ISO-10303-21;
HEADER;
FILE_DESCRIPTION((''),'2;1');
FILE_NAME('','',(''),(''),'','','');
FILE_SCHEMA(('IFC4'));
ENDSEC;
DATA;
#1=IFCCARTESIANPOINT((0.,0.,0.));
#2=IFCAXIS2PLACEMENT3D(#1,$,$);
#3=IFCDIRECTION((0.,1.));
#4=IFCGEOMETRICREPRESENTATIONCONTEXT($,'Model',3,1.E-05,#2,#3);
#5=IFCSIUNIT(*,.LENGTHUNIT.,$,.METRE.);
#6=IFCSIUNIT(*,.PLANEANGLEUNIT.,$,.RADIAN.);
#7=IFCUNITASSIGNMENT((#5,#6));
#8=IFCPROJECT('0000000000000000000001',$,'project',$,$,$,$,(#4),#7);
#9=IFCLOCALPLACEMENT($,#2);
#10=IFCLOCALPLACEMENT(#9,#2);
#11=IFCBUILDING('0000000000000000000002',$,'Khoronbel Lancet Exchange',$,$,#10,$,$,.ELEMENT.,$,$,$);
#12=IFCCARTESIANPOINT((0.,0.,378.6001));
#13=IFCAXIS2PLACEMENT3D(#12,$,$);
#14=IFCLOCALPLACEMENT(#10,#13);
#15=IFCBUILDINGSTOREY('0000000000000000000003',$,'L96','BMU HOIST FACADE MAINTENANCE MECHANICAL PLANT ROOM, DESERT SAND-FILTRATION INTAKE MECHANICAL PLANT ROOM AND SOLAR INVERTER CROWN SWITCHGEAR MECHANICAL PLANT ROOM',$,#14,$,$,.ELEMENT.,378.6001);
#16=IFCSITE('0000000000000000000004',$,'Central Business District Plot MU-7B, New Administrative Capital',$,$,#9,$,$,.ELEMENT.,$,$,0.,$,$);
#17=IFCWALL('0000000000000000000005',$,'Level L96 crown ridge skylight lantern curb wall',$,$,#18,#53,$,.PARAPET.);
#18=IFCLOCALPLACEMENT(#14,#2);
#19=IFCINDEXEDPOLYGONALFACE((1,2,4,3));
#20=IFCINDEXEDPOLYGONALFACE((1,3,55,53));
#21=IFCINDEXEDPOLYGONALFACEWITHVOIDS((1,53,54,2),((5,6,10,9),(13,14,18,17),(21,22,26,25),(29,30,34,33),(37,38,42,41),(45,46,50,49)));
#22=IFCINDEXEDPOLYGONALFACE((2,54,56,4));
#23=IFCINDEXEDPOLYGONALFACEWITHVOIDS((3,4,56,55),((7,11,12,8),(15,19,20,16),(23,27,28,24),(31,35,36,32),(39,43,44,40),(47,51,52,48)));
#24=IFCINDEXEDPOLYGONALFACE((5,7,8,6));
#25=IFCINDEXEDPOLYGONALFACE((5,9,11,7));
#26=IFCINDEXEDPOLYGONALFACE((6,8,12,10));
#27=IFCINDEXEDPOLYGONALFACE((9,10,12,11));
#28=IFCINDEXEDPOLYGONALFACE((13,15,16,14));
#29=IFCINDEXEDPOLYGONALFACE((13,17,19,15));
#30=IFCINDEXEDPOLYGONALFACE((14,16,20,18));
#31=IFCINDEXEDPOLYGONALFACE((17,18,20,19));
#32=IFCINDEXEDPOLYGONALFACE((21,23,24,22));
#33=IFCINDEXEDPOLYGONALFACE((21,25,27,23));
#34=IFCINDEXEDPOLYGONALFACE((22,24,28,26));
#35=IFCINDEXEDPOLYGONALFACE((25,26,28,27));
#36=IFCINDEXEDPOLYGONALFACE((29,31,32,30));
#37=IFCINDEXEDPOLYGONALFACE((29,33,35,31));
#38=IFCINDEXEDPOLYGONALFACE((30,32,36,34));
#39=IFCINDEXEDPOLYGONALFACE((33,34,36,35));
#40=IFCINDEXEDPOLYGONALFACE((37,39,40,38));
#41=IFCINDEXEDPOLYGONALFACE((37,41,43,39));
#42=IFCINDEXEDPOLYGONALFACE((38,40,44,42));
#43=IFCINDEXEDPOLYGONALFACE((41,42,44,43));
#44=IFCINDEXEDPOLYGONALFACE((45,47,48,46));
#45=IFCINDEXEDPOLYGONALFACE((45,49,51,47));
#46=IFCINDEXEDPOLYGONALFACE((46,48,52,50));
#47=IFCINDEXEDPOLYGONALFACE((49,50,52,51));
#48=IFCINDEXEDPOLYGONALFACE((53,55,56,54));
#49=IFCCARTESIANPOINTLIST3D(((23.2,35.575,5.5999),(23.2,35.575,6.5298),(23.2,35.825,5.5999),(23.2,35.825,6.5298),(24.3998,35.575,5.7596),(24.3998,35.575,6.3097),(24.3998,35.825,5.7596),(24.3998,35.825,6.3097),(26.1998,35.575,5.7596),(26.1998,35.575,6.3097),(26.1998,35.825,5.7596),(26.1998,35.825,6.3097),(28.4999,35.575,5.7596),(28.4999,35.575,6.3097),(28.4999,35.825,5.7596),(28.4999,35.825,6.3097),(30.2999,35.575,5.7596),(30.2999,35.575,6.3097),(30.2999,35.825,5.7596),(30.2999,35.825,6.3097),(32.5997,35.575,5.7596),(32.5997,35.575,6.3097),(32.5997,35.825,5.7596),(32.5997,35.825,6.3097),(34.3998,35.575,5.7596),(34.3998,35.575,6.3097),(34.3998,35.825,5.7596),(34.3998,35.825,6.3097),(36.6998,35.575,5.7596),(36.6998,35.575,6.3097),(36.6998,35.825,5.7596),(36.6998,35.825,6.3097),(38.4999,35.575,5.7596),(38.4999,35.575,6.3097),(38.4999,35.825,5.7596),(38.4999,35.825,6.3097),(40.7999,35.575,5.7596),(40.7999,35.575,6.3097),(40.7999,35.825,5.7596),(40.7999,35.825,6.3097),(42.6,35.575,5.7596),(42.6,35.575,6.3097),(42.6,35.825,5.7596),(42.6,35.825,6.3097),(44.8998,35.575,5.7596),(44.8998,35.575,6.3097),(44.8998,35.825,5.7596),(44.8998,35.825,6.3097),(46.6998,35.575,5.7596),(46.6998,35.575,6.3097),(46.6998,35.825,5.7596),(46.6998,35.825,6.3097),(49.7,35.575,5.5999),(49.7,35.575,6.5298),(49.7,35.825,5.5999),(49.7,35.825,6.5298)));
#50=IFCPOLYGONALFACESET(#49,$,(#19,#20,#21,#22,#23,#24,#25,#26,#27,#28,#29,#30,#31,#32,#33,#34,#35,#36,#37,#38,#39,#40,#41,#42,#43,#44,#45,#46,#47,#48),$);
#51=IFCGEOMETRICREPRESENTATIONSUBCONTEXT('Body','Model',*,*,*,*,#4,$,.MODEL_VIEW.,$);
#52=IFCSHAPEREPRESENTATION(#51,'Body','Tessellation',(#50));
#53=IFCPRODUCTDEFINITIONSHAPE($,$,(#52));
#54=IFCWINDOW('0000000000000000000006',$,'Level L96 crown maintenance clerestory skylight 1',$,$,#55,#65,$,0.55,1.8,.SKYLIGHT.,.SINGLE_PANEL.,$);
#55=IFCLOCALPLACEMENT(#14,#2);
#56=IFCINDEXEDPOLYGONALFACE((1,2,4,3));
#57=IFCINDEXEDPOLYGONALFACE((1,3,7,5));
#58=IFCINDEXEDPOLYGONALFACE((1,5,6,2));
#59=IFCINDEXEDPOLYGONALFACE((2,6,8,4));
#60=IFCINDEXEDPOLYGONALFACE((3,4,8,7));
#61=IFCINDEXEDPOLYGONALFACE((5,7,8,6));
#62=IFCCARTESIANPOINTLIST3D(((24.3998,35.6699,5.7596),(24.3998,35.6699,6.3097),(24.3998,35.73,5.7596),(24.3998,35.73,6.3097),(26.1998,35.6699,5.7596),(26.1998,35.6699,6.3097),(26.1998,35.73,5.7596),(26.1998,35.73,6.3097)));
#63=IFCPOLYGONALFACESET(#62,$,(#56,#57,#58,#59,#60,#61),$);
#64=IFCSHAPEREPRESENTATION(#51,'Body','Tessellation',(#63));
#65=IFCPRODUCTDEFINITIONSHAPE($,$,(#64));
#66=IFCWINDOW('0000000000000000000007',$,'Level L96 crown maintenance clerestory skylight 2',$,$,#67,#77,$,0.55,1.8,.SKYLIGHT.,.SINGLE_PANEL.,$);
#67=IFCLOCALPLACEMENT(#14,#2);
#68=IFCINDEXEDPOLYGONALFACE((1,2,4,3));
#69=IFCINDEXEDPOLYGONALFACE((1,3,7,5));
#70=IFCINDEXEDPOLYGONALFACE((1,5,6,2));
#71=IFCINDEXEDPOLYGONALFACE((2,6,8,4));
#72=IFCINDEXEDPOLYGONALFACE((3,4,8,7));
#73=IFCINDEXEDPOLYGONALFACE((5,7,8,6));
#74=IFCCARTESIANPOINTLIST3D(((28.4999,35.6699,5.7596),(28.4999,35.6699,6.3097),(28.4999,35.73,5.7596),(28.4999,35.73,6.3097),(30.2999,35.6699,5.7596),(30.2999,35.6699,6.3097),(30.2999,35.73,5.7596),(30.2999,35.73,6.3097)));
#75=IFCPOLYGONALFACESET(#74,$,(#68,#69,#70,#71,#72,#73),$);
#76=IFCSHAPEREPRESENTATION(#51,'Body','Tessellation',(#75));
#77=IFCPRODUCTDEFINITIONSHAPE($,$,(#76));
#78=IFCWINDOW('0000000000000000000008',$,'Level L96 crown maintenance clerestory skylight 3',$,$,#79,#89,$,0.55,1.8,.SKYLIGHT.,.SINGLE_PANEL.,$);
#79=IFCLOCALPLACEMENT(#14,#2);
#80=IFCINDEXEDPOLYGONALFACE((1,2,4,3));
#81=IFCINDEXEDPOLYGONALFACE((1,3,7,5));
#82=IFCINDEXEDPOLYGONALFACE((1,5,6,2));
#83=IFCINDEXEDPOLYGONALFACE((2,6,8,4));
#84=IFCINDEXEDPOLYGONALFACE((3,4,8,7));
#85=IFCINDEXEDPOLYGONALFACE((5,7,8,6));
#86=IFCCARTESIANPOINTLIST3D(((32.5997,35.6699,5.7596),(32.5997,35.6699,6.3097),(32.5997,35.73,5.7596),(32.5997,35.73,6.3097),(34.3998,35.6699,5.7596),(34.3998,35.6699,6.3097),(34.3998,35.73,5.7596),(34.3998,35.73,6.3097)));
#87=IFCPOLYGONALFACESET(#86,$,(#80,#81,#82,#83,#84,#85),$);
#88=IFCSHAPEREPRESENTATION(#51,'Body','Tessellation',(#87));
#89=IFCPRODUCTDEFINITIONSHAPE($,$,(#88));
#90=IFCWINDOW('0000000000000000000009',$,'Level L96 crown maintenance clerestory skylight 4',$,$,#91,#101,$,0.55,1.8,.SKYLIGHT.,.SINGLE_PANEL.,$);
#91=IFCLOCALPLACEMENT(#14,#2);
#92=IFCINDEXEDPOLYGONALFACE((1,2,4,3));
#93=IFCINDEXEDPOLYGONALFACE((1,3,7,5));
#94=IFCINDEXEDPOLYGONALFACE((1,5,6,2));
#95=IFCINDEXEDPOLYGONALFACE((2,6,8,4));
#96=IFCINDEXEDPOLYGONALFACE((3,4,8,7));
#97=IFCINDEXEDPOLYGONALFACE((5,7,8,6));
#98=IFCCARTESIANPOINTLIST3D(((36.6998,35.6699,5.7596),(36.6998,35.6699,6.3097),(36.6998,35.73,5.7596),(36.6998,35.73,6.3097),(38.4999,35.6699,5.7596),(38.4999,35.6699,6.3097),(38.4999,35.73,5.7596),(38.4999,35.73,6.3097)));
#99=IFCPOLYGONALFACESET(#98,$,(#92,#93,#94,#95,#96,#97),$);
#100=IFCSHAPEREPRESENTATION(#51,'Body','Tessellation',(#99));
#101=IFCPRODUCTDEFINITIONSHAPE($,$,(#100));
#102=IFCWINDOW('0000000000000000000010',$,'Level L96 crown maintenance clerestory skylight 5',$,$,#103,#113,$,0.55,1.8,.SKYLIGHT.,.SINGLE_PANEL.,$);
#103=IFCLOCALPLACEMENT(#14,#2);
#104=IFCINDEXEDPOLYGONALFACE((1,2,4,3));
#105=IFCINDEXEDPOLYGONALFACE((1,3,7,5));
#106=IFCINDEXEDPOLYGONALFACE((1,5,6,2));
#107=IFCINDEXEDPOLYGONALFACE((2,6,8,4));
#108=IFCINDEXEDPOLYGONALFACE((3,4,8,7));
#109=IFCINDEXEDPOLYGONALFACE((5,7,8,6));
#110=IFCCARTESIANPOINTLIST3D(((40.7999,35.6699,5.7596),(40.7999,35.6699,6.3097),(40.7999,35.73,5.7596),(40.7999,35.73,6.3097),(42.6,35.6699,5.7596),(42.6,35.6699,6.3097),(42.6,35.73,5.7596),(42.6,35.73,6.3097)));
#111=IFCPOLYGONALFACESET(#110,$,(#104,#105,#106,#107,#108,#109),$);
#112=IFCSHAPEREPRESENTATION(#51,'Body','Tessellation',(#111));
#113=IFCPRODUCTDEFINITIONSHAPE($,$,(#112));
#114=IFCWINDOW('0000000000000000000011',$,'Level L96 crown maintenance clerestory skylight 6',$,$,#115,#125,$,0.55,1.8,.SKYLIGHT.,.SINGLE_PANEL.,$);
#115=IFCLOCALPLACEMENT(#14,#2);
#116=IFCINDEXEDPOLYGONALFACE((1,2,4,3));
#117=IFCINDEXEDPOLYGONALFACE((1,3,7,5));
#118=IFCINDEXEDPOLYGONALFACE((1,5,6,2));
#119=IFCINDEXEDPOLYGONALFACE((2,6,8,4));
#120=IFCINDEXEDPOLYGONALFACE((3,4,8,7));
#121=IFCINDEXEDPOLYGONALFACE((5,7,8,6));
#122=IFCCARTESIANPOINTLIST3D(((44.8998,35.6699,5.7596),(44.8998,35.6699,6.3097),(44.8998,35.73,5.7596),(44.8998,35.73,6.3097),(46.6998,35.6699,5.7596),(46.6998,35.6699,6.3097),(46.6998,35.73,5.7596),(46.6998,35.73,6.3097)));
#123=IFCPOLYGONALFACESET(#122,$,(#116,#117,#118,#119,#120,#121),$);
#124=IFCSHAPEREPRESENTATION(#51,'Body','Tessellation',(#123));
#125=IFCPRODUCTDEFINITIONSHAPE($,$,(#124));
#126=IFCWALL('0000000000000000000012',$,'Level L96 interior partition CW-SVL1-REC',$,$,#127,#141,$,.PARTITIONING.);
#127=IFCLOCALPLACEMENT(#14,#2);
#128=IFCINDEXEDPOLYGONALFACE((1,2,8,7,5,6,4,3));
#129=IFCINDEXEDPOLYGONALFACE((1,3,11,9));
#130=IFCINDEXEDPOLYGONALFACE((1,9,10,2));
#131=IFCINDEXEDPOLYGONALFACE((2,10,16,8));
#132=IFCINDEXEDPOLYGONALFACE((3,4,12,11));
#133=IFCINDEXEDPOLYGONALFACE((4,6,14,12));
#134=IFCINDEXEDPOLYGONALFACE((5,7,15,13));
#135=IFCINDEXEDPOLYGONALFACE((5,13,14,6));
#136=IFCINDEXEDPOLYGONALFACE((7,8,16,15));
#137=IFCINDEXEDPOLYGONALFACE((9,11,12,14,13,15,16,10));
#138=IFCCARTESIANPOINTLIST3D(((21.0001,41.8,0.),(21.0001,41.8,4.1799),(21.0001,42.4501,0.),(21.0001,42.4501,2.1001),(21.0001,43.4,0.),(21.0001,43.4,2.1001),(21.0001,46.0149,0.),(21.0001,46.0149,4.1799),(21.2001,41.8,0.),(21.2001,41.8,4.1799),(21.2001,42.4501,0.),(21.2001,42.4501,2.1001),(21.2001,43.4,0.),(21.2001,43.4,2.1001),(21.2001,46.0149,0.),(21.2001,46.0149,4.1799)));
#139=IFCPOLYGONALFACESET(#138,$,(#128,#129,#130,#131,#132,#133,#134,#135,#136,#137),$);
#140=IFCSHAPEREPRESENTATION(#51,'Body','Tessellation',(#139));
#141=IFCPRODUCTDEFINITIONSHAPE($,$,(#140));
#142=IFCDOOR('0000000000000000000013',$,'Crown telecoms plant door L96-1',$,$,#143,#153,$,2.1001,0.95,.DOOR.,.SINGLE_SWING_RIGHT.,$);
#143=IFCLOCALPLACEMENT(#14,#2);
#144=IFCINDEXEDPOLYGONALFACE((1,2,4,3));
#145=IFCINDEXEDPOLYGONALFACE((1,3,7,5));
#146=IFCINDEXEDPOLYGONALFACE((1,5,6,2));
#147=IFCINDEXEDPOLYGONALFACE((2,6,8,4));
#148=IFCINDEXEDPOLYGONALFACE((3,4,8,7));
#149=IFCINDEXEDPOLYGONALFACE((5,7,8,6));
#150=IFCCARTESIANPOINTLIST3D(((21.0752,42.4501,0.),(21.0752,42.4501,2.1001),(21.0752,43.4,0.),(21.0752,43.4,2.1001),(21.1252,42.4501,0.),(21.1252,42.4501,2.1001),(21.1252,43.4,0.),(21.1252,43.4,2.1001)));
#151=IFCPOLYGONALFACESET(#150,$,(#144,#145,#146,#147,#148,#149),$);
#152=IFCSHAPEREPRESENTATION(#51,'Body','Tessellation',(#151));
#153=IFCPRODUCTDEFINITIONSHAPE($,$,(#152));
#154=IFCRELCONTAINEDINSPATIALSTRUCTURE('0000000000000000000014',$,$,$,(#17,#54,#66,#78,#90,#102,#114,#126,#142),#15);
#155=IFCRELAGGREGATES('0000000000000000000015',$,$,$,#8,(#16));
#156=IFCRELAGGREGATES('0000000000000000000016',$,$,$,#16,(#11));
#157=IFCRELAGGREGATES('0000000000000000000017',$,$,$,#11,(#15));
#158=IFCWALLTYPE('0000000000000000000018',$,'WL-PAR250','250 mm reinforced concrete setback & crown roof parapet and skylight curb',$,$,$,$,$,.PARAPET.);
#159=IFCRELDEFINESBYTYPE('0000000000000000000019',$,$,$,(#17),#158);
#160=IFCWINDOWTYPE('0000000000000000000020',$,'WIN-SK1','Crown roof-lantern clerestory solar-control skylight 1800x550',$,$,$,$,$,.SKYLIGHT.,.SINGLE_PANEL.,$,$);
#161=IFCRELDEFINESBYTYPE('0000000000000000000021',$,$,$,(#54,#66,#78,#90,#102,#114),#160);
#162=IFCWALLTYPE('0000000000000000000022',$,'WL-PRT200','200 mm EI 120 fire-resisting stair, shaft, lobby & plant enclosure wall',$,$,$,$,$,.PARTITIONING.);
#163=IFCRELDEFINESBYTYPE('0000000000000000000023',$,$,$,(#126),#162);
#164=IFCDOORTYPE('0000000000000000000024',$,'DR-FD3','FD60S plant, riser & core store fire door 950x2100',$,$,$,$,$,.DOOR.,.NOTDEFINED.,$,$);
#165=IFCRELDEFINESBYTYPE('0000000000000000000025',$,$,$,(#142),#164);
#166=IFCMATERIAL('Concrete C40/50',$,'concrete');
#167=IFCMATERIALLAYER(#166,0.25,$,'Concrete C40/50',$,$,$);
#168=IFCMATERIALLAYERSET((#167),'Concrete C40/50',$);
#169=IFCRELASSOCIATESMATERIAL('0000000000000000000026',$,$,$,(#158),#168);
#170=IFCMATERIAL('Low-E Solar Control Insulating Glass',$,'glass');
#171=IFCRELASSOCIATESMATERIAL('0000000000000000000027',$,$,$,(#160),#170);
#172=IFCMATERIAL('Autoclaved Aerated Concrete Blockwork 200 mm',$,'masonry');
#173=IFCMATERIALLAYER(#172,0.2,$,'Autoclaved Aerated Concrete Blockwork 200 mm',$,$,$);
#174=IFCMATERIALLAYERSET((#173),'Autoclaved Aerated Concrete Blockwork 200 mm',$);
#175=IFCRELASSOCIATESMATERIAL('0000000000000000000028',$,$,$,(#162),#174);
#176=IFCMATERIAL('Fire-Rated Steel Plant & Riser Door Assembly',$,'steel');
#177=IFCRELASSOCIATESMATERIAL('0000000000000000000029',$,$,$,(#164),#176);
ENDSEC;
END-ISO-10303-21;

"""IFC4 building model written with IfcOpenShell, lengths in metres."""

from ifc_helpers import new_model, si_unit, direction, frame, frame_2d, origin, place, context, subcontext, project, spatial, rectangle, extrude, material, layer, layer_set, type_object, element, fill, save


model = new_model("IFC4")

# Units and contexts
model_context = context("Model", 3, precision=1e-05, world=origin(), true_north=direction((0.0, 1.0)))
body_context = subcontext(model_context, "Body", "Model", "MODEL_VIEW")
ifc_project = project(units=[si_unit("LENGTHUNIT", "METRE"), si_unit("PLANEANGLEUNIT", "RADIAN")], contexts=[model_context])

# Site, building, storey
site_placement = place(None, origin())
site = spatial("IfcSite", under=ifc_project, at=site_placement, Name="Central Business District Plot MU-7B, New Administrative Capital", CompositionType="ELEMENT", RefElevation=0.0)
building_placement = place(site_placement, origin())
building = spatial("IfcBuilding", under=site, at=building_placement, Name="Khoronbel Lancet Exchange", CompositionType="ELEMENT")
storey_placement = place(building_placement, frame((0.0, 0.0, 378.6001)))
storey = spatial("IfcBuildingStorey", under=building, at=storey_placement, Name="L96", Description="BMU HOIST FACADE MAINTENANCE MECHANICAL PLANT ROOM, DESERT SAND-FILTRATION INTAKE MECHANICAL PLANT ROOM AND SOLAR INVERTER CROWN SWITCHGEAR MECHANICAL PLANT ROOM", CompositionType="ELEMENT", Elevation=378.6001)

# Wall, openings, windows
ifc_material_1 = material(Name="Concrete C40/50", Category="concrete")
ifc_layer_1 = layer(ifc_material_1, 0.25, Name="Concrete C40/50")
ifc_layer_set_1 = layer_set([ifc_layer_1], Name="Concrete C40/50")
wall_type_1 = type_object("IfcWallType", Name="WL-PAR250", Description="250 mm reinforced concrete setback & crown roof parapet and skylight curb", PredefinedType="PARAPET", material=ifc_layer_set_1)
wall_1_placement = place(storey_placement, frame((23.2, 35.7, 5.5999), z_axis=(0.0, 0.0, 1.0), x_axis=(1.0, 0.0, 0.0)))
wall_1 = element("IfcWall", 1, at=wall_1_placement, inside=storey, type_object=wall_type_1, Name="Level L96 crown ridge skylight lantern curb wall", PredefinedType="PARAPET", context=body_context, shape_type="SweptSolid", body=[
    extrude(rectangle(XDim=26.5, YDim=0.25, at=frame_2d((13.25, 0.0))), origin(), (0.0, 0.0, 1.0), 0.9299),
])
opening_1_placement = place(wall_1_placement, frame((1.2, 0.0, 0.1599)))
opening_1 = element("IfcOpeningElement", 2, at=opening_1_placement, cuts=wall_1, PredefinedType="OPENING", context=body_context, shape_type="SweptSolid", body=[
    extrude(rectangle(XDim=1.8, YDim=0.55, at=frame_2d((0.8999, 0.2749))), frame((0.0, 0.135, 0.0), z_axis=(0.0, -1.0, 0.0), x_axis=(1.0, 0.0, 0.0)), (0.0, 0.0, 1.0), 0.27),
])
opening_2_placement = place(wall_1_placement, frame((5.3, 0.0, 0.1599)))
opening_2 = element("IfcOpeningElement", 3, at=opening_2_placement, cuts=wall_1, PredefinedType="OPENING", context=body_context, shape_type="SweptSolid", body=[
    extrude(rectangle(XDim=1.8, YDim=0.55, at=frame_2d((0.8999, 0.2749))), frame((0.0, 0.135, 0.0), z_axis=(0.0, -1.0, 0.0), x_axis=(1.0, 0.0, 0.0)), (0.0, 0.0, 1.0), 0.27),
])
opening_3_placement = place(wall_1_placement, frame((9.3999, 0.0, 0.1599)))
opening_3 = element("IfcOpeningElement", 4, at=opening_3_placement, cuts=wall_1, PredefinedType="OPENING", context=body_context, shape_type="SweptSolid", body=[
    extrude(rectangle(XDim=1.8, YDim=0.55, at=frame_2d((0.8999, 0.2749))), frame((0.0, 0.135, 0.0), z_axis=(0.0, -1.0, 0.0), x_axis=(1.0, 0.0, 0.0)), (0.0, 0.0, 1.0), 0.27),
])
opening_4_placement = place(wall_1_placement, frame((13.5, 0.0, 0.1599)))
opening_4 = element("IfcOpeningElement", 5, at=opening_4_placement, cuts=wall_1, PredefinedType="OPENING", context=body_context, shape_type="SweptSolid", body=[
    extrude(rectangle(XDim=1.8, YDim=0.55, at=frame_2d((0.8999, 0.2749))), frame((0.0, 0.135, 0.0), z_axis=(0.0, -1.0, 0.0), x_axis=(1.0, 0.0, 0.0)), (0.0, 0.0, 1.0), 0.27),
])
opening_5_placement = place(wall_1_placement, frame((17.6001, 0.0, 0.1599)))
opening_5 = element("IfcOpeningElement", 6, at=opening_5_placement, cuts=wall_1, PredefinedType="OPENING", context=body_context, shape_type="SweptSolid", body=[
    extrude(rectangle(XDim=1.8, YDim=0.55, at=frame_2d((0.8999, 0.2749))), frame((0.0, 0.135, 0.0), z_axis=(0.0, -1.0, 0.0), x_axis=(1.0, 0.0, 0.0)), (0.0, 0.0, 1.0), 0.27),
])
opening_6_placement = place(wall_1_placement, frame((21.7, 0.0, 0.1599)))
opening_6 = element("IfcOpeningElement", 7, at=opening_6_placement, cuts=wall_1, PredefinedType="OPENING", context=body_context, shape_type="SweptSolid", body=[
    extrude(rectangle(XDim=1.8, YDim=0.55, at=frame_2d((0.8999, 0.2749))), frame((0.0, 0.135, 0.0), z_axis=(0.0, -1.0, 0.0), x_axis=(1.0, 0.0, 0.0)), (0.0, 0.0, 1.0), 0.27),
])
ifc_material_2 = material(Name="Low-E Solar Control Insulating Glass", Category="glass")
window_type = type_object("IfcWindowType", Name="WIN-SK1", Description="Crown roof-lantern clerestory solar-control skylight 1800x550", PartitioningType="SINGLE_PANEL", PredefinedType="SKYLIGHT", material=ifc_material_2)
window_1_placement = place(opening_1_placement, origin())
window_1 = element("IfcWindow", 8, at=window_1_placement, inside=storey, type_object=window_type, Name="Level L96 crown maintenance clerestory skylight 1", OverallHeight=0.55, OverallWidth=1.8, PartitioningType="SINGLE_PANEL", PredefinedType="SKYLIGHT", context=body_context, shape_type="SweptSolid", body=[
    extrude(rectangle(XDim=1.8, YDim=0.55, at=frame_2d((0.8999, 0.2749))), frame((0.0, 0.03, 0.0), z_axis=(0.0, -1.0, 0.0), x_axis=(1.0, 0.0, 0.0)), (0.0, 0.0, 1.0), 0.0601),
])
fill(opening_1, window_1)
window_2_placement = place(opening_2_placement, origin())
window_2 = element("IfcWindow", 9, at=window_2_placement, inside=storey, type_object=window_type, Name="Level L96 crown maintenance clerestory skylight 2", OverallHeight=0.55, OverallWidth=1.8, PartitioningType="SINGLE_PANEL", PredefinedType="SKYLIGHT", context=body_context, shape_type="SweptSolid", body=[
    extrude(rectangle(XDim=1.8, YDim=0.55, at=frame_2d((0.8999, 0.2749))), frame((0.0, 0.03, 0.0), z_axis=(0.0, -1.0, 0.0), x_axis=(1.0, 0.0, 0.0)), (0.0, 0.0, 1.0), 0.0601),
])
fill(opening_2, window_2)
window_3_placement = place(opening_3_placement, origin())
window_3 = element("IfcWindow", 10, at=window_3_placement, inside=storey, type_object=window_type, Name="Level L96 crown maintenance clerestory skylight 3", OverallHeight=0.55, OverallWidth=1.8, PartitioningType="SINGLE_PANEL", PredefinedType="SKYLIGHT", context=body_context, shape_type="SweptSolid", body=[
    extrude(rectangle(XDim=1.8, YDim=0.55, at=frame_2d((0.8999, 0.2749))), frame((0.0, 0.03, 0.0), z_axis=(0.0, -1.0, 0.0), x_axis=(1.0, 0.0, 0.0)), (0.0, 0.0, 1.0), 0.0601),
])
fill(opening_3, window_3)
window_4_placement = place(opening_4_placement, origin())
window_4 = element("IfcWindow", 11, at=window_4_placement, inside=storey, type_object=window_type, Name="Level L96 crown maintenance clerestory skylight 4", OverallHeight=0.55, OverallWidth=1.8, PartitioningType="SINGLE_PANEL", PredefinedType="SKYLIGHT", context=body_context, shape_type="SweptSolid", body=[
    extrude(rectangle(XDim=1.8, YDim=0.55, at=frame_2d((0.8999, 0.2749))), frame((0.0, 0.03, 0.0), z_axis=(0.0, -1.0, 0.0), x_axis=(1.0, 0.0, 0.0)), (0.0, 0.0, 1.0), 0.0601),
])
fill(opening_4, window_4)
window_5_placement = place(opening_5_placement, origin())
window_5 = element("IfcWindow", 12, at=window_5_placement, inside=storey, type_object=window_type, Name="Level L96 crown maintenance clerestory skylight 5", OverallHeight=0.55, OverallWidth=1.8, PartitioningType="SINGLE_PANEL", PredefinedType="SKYLIGHT", context=body_context, shape_type="SweptSolid", body=[
    extrude(rectangle(XDim=1.8, YDim=0.55, at=frame_2d((0.8999, 0.2749))), frame((0.0, 0.03, 0.0), z_axis=(0.0, -1.0, 0.0), x_axis=(1.0, 0.0, 0.0)), (0.0, 0.0, 1.0), 0.0601),
])
fill(opening_5, window_5)
window_6_placement = place(opening_6_placement, origin())
window_6 = element("IfcWindow", 13, at=window_6_placement, inside=storey, type_object=window_type, Name="Level L96 crown maintenance clerestory skylight 6", OverallHeight=0.55, OverallWidth=1.8, PartitioningType="SINGLE_PANEL", PredefinedType="SKYLIGHT", context=body_context, shape_type="SweptSolid", body=[
    extrude(rectangle(XDim=1.8, YDim=0.55, at=frame_2d((0.8999, 0.2749))), frame((0.0, 0.03, 0.0), z_axis=(0.0, -1.0, 0.0), x_axis=(1.0, 0.0, 0.0)), (0.0, 0.0, 1.0), 0.0601),
])
fill(opening_6, window_6)

# Wall, opening, door
ifc_material_3 = material(Name="Autoclaved Aerated Concrete Blockwork 200 mm", Category="masonry")
ifc_layer_2 = layer(ifc_material_3, 0.2, Name="Autoclaved Aerated Concrete Blockwork 200 mm")
ifc_layer_set_2 = layer_set([ifc_layer_2], Name="Autoclaved Aerated Concrete Blockwork 200 mm")
wall_type_2 = type_object("IfcWallType", Name="WL-PRT200", Description="200 mm EI 120 fire-resisting stair, shaft, lobby & plant enclosure wall", PredefinedType="PARTITIONING", material=ifc_layer_set_2)
wall_2_placement = place(storey_placement, frame((21.1001, 41.8, 0.0), z_axis=(0.0, 0.0, 1.0), x_axis=(0.0, 1.0, 0.0)))
wall_2 = element("IfcWall", 14, at=wall_2_placement, inside=storey, type_object=wall_type_2, Name="Level L96 interior partition CW-SVL1-REC", PredefinedType="PARTITIONING", context=body_context, shape_type="SweptSolid", body=[
    extrude(rectangle(XDim=4.2148, YDim=0.2, at=frame_2d((2.1074, 0.0))), origin(), (0.0, 0.0, 1.0), 4.1799),
])
opening_7_placement = place(wall_2_placement, frame((0.6499, 0.0, 0.0)))
opening_7 = element("IfcOpeningElement", 15, at=opening_7_placement, cuts=wall_2, PredefinedType="OPENING", context=body_context, shape_type="SweptSolid", body=[
    extrude(rectangle(XDim=0.95, YDim=2.1001, at=frame_2d((0.4751, 1.05))), frame((0.0, 0.1099, 0.0), z_axis=(0.0, -1.0, 0.0), x_axis=(1.0, 0.0, 0.0)), (0.0, 0.0, 1.0), 0.22),
])
ifc_material_4 = material(Name="Fire-Rated Steel Plant & Riser Door Assembly", Category="steel")
door_type_1 = type_object("IfcDoorType", Name="DR-FD3", Description="FD60S plant, riser & core store fire door 950x2100", OperationType="NOTDEFINED", PredefinedType="DOOR", material=ifc_material_4)
door_1_placement = place(opening_7_placement, origin())
door_1 = element("IfcDoor", 16, at=door_1_placement, inside=storey, type_object=door_type_1, Name="Crown telecoms plant door L96-1", OperationType="SINGLE_SWING_RIGHT", OverallHeight=2.1001, OverallWidth=0.95, PredefinedType="DOOR", context=body_context, shape_type="SweptSolid", body=[
    extrude(rectangle(XDim=0.95, YDim=2.1001, at=frame_2d((0.4751, 1.05))), frame((0.0, 0.0249, 0.0), z_axis=(0.0, -1.0, 0.0), x_axis=(1.0, 0.0, 0.0)), (0.0, 0.0, 1.0), 0.05),
])
fill(opening_7, door_1)

save(model, "model.ifc")
